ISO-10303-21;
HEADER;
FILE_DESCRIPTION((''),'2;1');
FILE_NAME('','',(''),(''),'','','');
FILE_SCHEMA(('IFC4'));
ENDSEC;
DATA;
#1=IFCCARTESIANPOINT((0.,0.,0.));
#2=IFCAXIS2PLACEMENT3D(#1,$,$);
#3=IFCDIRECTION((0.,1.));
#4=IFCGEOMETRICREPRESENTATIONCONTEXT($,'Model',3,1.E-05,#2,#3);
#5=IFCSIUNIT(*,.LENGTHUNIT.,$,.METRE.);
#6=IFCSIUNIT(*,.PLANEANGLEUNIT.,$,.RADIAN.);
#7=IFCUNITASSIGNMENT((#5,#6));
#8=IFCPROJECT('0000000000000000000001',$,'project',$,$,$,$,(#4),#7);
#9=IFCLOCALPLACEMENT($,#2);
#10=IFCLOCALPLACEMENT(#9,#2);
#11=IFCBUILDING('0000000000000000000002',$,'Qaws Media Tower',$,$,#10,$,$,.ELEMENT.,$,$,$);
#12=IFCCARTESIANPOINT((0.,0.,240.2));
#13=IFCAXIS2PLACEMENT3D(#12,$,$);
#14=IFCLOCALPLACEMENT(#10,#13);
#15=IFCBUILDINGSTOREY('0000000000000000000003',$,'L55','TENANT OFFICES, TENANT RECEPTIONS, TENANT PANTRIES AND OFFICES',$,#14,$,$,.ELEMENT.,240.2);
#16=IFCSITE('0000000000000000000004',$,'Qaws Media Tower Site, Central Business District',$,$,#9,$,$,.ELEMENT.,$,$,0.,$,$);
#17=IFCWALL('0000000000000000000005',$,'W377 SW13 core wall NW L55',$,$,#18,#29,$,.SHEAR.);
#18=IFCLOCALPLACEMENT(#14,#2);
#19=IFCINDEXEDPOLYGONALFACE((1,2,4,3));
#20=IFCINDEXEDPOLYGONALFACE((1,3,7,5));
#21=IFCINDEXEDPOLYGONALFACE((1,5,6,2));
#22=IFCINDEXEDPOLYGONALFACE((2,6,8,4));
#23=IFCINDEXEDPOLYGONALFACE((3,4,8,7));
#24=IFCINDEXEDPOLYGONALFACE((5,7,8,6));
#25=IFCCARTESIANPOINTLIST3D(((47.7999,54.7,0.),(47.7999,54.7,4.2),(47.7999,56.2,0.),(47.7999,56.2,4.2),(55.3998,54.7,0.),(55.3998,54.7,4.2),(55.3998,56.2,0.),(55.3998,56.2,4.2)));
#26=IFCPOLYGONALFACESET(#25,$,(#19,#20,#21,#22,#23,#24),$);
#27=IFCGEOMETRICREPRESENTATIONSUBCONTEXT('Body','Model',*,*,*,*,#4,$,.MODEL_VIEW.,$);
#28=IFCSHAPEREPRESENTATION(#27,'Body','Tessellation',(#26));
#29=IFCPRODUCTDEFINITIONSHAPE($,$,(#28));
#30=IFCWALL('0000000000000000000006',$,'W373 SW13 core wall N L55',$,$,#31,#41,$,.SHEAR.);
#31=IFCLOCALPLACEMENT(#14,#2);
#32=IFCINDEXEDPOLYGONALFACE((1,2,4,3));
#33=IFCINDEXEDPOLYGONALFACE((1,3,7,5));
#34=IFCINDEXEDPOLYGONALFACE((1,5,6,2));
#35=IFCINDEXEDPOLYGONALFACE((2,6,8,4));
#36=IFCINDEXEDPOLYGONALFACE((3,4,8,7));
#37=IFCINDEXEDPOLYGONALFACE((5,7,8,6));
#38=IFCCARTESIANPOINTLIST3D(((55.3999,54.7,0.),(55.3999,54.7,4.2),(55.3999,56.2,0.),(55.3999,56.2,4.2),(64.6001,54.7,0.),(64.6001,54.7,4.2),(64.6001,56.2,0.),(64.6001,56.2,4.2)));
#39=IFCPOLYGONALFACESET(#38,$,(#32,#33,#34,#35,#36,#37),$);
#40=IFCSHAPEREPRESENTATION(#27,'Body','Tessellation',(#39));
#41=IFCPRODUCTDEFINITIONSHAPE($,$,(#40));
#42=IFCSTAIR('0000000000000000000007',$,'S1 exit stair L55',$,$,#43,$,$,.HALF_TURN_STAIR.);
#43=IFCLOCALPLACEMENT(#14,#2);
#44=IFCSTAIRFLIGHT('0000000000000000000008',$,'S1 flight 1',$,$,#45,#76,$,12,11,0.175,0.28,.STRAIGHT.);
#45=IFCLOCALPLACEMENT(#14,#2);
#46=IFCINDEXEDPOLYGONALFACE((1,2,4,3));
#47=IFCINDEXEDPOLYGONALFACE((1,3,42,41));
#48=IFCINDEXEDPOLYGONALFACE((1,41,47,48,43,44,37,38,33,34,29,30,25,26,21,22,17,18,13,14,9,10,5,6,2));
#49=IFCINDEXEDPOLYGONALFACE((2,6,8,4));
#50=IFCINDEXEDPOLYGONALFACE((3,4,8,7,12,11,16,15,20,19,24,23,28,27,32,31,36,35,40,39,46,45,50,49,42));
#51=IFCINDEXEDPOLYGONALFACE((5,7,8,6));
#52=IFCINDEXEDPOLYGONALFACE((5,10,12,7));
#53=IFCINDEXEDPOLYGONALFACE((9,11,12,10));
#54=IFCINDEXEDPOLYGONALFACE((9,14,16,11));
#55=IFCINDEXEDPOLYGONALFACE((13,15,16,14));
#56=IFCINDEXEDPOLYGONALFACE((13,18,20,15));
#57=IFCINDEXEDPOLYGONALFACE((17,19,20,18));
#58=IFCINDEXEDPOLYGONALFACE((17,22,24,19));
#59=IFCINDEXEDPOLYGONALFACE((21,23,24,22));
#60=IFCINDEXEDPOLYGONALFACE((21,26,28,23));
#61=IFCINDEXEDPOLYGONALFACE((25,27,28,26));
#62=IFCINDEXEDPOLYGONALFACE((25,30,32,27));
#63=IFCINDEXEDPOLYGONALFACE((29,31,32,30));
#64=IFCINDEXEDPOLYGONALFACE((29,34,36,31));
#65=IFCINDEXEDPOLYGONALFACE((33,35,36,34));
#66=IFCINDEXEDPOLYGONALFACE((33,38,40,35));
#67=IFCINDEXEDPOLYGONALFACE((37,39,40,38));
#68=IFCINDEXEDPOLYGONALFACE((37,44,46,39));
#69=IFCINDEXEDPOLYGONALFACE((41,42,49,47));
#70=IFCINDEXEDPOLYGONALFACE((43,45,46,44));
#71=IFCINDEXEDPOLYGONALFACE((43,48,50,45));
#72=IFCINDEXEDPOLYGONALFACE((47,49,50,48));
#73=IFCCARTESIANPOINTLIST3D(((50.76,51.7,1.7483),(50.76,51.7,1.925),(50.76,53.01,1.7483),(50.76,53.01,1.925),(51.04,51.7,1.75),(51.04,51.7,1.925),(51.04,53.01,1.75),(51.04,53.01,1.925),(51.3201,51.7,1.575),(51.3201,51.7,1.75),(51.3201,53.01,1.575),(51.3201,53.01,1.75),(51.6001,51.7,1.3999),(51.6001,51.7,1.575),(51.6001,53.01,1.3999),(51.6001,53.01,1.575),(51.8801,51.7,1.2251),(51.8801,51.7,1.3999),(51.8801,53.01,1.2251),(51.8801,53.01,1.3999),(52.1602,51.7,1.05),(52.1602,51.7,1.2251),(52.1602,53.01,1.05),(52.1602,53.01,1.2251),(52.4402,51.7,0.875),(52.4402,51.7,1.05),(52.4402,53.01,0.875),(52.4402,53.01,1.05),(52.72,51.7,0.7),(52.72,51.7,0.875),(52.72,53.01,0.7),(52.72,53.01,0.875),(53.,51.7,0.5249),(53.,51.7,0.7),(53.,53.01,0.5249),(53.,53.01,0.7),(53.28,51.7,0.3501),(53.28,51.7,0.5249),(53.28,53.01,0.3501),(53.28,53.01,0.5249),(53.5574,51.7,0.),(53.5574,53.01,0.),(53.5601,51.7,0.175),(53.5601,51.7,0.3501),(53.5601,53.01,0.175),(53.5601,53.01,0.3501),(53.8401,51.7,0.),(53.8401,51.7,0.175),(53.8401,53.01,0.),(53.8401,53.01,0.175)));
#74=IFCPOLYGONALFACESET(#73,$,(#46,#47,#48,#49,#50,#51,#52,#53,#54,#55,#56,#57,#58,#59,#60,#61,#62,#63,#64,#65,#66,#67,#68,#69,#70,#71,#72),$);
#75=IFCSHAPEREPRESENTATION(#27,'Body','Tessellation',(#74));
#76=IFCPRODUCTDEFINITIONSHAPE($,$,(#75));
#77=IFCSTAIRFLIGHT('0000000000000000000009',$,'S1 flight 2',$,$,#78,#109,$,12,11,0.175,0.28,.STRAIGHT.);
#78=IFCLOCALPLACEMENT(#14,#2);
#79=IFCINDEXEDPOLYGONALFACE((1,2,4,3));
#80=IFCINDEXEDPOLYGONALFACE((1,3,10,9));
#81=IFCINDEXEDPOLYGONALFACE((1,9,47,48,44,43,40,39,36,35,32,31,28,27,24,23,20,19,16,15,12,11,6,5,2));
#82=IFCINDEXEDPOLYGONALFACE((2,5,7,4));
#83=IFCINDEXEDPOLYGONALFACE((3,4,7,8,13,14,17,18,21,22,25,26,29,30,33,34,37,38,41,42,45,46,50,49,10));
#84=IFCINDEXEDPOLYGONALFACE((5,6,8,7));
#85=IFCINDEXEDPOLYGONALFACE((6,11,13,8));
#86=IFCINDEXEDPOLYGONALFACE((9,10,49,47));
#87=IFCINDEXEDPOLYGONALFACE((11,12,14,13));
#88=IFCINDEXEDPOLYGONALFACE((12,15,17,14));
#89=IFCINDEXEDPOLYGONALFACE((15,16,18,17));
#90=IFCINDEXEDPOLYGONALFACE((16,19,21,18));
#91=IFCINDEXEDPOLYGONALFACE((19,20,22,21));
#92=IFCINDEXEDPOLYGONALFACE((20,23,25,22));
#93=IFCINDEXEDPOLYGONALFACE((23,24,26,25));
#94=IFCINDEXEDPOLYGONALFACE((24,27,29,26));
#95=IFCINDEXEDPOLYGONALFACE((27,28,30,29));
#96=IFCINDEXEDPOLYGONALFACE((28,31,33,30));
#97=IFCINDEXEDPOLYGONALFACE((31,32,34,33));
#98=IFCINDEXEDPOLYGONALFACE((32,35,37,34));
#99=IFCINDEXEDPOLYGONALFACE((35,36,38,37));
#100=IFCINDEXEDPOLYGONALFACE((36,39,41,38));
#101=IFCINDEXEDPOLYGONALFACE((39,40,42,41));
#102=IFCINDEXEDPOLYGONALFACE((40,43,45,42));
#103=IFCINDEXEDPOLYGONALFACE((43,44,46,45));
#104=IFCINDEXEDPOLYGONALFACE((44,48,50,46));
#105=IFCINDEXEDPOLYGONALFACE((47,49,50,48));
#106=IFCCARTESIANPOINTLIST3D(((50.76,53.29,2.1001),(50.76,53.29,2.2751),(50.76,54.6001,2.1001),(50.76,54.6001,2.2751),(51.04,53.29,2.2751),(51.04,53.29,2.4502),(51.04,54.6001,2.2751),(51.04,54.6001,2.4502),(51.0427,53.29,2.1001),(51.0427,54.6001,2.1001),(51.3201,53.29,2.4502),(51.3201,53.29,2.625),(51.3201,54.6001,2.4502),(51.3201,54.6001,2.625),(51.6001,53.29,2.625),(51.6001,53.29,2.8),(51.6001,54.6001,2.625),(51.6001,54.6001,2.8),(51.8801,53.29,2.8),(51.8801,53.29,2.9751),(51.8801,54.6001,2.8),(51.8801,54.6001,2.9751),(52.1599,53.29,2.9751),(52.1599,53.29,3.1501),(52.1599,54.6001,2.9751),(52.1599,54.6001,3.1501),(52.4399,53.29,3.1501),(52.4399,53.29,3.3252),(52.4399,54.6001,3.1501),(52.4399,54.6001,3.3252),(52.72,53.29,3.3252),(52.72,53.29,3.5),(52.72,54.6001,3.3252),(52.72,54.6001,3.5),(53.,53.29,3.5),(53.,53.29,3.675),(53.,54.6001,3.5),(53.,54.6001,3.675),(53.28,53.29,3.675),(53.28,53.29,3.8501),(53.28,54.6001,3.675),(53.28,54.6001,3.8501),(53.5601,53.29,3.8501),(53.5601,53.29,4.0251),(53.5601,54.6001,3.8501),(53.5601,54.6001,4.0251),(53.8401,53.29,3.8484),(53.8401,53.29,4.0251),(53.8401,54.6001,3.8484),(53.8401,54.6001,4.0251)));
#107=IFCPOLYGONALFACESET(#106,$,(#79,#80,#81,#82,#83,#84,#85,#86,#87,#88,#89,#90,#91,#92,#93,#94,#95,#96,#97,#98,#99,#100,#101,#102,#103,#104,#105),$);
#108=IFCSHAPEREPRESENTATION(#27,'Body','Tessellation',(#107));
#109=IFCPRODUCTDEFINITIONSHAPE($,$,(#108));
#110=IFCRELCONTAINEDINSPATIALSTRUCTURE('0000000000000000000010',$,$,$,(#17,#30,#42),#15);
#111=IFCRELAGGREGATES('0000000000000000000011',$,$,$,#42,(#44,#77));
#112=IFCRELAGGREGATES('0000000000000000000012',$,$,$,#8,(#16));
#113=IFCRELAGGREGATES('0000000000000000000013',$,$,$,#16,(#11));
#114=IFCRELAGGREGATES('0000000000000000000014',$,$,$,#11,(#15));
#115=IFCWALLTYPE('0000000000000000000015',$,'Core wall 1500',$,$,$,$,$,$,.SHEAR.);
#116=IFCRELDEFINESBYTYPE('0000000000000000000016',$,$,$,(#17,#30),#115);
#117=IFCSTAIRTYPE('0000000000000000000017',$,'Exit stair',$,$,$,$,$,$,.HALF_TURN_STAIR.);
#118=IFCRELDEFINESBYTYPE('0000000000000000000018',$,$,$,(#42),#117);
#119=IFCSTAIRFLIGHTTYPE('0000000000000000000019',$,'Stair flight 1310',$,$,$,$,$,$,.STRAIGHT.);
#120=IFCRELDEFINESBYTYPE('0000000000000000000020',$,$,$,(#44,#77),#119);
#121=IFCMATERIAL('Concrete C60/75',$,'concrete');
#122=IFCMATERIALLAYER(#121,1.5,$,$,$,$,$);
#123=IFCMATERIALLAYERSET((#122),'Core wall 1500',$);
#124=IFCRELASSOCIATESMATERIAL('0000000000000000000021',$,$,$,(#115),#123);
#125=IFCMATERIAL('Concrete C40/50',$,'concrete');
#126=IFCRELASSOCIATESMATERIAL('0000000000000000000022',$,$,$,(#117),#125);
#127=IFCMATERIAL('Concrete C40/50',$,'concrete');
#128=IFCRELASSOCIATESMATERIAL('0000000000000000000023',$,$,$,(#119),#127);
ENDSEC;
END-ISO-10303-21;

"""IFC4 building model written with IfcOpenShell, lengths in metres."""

from ifc_helpers import new_model, si_unit, direction, frame, frame_2d, origin, place, context, subcontext, project, spatial, polyline, rectangle, outline, extrude, material, layer, layer_set, type_object, element, aggregate, save


model = new_model("IFC4")

# Units and contexts
model_context = context("Model", 3, precision=1e-05, world=origin(), true_north=direction((0.0, 1.0)))
body_context = subcontext(model_context, "Body", "Model", "MODEL_VIEW")
ifc_project = project(units=[si_unit("LENGTHUNIT", "METRE"), si_unit("PLANEANGLEUNIT", "RADIAN")], contexts=[model_context])

# Site, building, storey
site_placement = place(None, origin())
site = spatial("IfcSite", under=ifc_project, at=site_placement, Name="Qaws Media Tower Site, Central Business District", CompositionType="ELEMENT", RefElevation=0.0)
building_placement = place(site_placement, origin())
building = spatial("IfcBuilding", under=site, at=building_placement, Name="Qaws Media Tower", CompositionType="ELEMENT")
storey_placement = place(building_placement, frame((0.0, 0.0, 240.2)))
storey = spatial("IfcBuildingStorey", under=building, at=storey_placement, Name="L55", Description="TENANT OFFICES, TENANT RECEPTIONS, TENANT PANTRIES AND OFFICES", CompositionType="ELEMENT", Elevation=240.2)

# Walls
ifc_material_1 = material(Name="Concrete C60/75", Category="concrete")
ifc_layer_1 = layer(ifc_material_1, 1.5)
ifc_layer_set_1 = layer_set([ifc_layer_1], Name="Core wall 1500")
wall_type_1 = type_object("IfcWallType", Name="Core wall 1500", PredefinedType="SHEAR", material=ifc_layer_set_1)
wall_1_placement = place(storey_placement, frame((47.8, 55.45, 0.0), z_axis=(0.0, 0.0, 1.0), x_axis=(1.0, 0.0, 0.0)))
element("IfcWall", 1, at=wall_1_placement, inside=storey, type_object=wall_type_1, Name="W377 SW13 core wall NW L55", PredefinedType="SHEAR", context=body_context, shape_type="SweptSolid", body=[
    extrude(rectangle(XDim=7.5999, YDim=1.5, at=frame_2d((3.7998, 0.0))), origin(), (0.0, 0.0, 1.0), 4.2),
])
wall_2_placement = place(storey_placement, frame((55.3999, 55.45, 0.0), z_axis=(0.0, 0.0, 1.0), x_axis=(1.0, 0.0, 0.0)))
element("IfcWall", 2, at=wall_2_placement, inside=storey, type_object=wall_type_1, Name="W373 SW13 core wall N L55", PredefinedType="SHEAR", context=body_context, shape_type="SweptSolid", body=[
    extrude(rectangle(XDim=9.2002, YDim=1.5, at=frame_2d((4.6001, 0.0))), origin(), (0.0, 0.0, 1.0), 4.2),
])

# Stair, stair flights
ifc_material_2 = material(Name="Concrete C40/50", Category="concrete")
stair_type = type_object("IfcStairType", Name="Exit stair", PredefinedType="HALF_TURN_STAIR", material=ifc_material_2)
stair_placement = place(storey_placement, origin())
stair = element("IfcStair", 3, at=stair_placement, inside=storey, type_object=stair_type, Name="S1 exit stair L55", PredefinedType="HALF_TURN_STAIR")
ifc_material_3 = material(Name="Concrete C40/50", Category="concrete")
stair_flight_type = type_object("IfcStairFlightType", Name="Stair flight 1310", PredefinedType="STRAIGHT", material=ifc_material_3)
stair_flight_1_placement = place(storey_placement, frame((53.8401, 52.355, 0.0), z_axis=(0.0, 0.0, 1.0), x_axis=(-1.0, 0.0, 0.0)))
stair_flight_1 = element("IfcStairFlight", 4, at=stair_flight_1_placement, type_object=stair_flight_type, Name="S1 flight 1", NumberOfRisers=12, NumberOfTreads=11, PredefinedType="STRAIGHT", RiserHeight=0.175, TreadLength=0.28, context=body_context, shape_type="SweptSolid", body=[
    extrude(outline(polyline([(0.0, 0.0), (0.0, 0.175), (0.28, 0.175), (0.28, 0.3501), (0.5601, 0.3501), (0.5601, 0.5249), (0.8401, 0.5249), (0.8401, 0.7), (1.1201, 0.7), (1.1201, 0.875), (1.3999, 0.875), (1.3999, 1.05), (1.6799, 1.05), (1.6799, 1.2251), (1.96, 1.2251), (1.96, 1.3999), (2.24, 1.3999), (2.24, 1.575), (2.52, 1.575), (2.52, 1.75), (2.8, 1.75), (2.8, 1.925), (3.0801, 1.925), (3.0801, 2.1001), (3.0801, 1.7483), (0.2827, 0.0), (0.0, 0.0)])), frame((0.0, 0.655, 0.0), z_axis=(0.0, -1.0, 0.0), x_axis=(1.0, 0.0, 0.0)), (0.0, 0.0, 1.0), 1.3101),
])
stair_flight_2_placement = place(storey_placement, frame((50.76, 53.9451, 2.1001), z_axis=(0.0, 0.0, 1.0), x_axis=(1.0, 0.0, 0.0)))
stair_flight_2 = element("IfcStairFlight", 5, at=stair_flight_2_placement, type_object=stair_flight_type, Name="S1 flight 2", NumberOfRisers=12, NumberOfTreads=11, PredefinedType="STRAIGHT", RiserHeight=0.175, TreadLength=0.28, context=body_context, shape_type="SweptSolid", body=[
    extrude(outline(polyline([(0.0, 0.0), (0.0, 0.175), (0.28, 0.175), (0.28, 0.3501), (0.5601, 0.3501), (0.5601, 0.5249), (0.8401, 0.5249), (0.8401, 0.7), (1.1201, 0.7), (1.1201, 0.875), (1.3999, 0.875), (1.3999, 1.05), (1.6799, 1.05), (1.6799, 1.2251), (1.96, 1.2251), (1.96, 1.3999), (2.24, 1.3999), (2.24, 1.575), (2.52, 1.575), (2.52, 1.75), (2.8, 1.75), (2.8, 1.925), (3.0801, 1.925), (3.0801, 2.1001), (3.0801, 1.7483), (0.2827, 0.0), (0.0, 0.0)])), frame((0.0, 0.655, 0.0), z_axis=(0.0, -1.0, 0.0), x_axis=(1.0, 0.0, 0.0)), (0.0, 0.0, 1.0), 1.3101),
])
aggregate(stair, [stair_flight_1, stair_flight_2])

save(model, "model.ifc")
